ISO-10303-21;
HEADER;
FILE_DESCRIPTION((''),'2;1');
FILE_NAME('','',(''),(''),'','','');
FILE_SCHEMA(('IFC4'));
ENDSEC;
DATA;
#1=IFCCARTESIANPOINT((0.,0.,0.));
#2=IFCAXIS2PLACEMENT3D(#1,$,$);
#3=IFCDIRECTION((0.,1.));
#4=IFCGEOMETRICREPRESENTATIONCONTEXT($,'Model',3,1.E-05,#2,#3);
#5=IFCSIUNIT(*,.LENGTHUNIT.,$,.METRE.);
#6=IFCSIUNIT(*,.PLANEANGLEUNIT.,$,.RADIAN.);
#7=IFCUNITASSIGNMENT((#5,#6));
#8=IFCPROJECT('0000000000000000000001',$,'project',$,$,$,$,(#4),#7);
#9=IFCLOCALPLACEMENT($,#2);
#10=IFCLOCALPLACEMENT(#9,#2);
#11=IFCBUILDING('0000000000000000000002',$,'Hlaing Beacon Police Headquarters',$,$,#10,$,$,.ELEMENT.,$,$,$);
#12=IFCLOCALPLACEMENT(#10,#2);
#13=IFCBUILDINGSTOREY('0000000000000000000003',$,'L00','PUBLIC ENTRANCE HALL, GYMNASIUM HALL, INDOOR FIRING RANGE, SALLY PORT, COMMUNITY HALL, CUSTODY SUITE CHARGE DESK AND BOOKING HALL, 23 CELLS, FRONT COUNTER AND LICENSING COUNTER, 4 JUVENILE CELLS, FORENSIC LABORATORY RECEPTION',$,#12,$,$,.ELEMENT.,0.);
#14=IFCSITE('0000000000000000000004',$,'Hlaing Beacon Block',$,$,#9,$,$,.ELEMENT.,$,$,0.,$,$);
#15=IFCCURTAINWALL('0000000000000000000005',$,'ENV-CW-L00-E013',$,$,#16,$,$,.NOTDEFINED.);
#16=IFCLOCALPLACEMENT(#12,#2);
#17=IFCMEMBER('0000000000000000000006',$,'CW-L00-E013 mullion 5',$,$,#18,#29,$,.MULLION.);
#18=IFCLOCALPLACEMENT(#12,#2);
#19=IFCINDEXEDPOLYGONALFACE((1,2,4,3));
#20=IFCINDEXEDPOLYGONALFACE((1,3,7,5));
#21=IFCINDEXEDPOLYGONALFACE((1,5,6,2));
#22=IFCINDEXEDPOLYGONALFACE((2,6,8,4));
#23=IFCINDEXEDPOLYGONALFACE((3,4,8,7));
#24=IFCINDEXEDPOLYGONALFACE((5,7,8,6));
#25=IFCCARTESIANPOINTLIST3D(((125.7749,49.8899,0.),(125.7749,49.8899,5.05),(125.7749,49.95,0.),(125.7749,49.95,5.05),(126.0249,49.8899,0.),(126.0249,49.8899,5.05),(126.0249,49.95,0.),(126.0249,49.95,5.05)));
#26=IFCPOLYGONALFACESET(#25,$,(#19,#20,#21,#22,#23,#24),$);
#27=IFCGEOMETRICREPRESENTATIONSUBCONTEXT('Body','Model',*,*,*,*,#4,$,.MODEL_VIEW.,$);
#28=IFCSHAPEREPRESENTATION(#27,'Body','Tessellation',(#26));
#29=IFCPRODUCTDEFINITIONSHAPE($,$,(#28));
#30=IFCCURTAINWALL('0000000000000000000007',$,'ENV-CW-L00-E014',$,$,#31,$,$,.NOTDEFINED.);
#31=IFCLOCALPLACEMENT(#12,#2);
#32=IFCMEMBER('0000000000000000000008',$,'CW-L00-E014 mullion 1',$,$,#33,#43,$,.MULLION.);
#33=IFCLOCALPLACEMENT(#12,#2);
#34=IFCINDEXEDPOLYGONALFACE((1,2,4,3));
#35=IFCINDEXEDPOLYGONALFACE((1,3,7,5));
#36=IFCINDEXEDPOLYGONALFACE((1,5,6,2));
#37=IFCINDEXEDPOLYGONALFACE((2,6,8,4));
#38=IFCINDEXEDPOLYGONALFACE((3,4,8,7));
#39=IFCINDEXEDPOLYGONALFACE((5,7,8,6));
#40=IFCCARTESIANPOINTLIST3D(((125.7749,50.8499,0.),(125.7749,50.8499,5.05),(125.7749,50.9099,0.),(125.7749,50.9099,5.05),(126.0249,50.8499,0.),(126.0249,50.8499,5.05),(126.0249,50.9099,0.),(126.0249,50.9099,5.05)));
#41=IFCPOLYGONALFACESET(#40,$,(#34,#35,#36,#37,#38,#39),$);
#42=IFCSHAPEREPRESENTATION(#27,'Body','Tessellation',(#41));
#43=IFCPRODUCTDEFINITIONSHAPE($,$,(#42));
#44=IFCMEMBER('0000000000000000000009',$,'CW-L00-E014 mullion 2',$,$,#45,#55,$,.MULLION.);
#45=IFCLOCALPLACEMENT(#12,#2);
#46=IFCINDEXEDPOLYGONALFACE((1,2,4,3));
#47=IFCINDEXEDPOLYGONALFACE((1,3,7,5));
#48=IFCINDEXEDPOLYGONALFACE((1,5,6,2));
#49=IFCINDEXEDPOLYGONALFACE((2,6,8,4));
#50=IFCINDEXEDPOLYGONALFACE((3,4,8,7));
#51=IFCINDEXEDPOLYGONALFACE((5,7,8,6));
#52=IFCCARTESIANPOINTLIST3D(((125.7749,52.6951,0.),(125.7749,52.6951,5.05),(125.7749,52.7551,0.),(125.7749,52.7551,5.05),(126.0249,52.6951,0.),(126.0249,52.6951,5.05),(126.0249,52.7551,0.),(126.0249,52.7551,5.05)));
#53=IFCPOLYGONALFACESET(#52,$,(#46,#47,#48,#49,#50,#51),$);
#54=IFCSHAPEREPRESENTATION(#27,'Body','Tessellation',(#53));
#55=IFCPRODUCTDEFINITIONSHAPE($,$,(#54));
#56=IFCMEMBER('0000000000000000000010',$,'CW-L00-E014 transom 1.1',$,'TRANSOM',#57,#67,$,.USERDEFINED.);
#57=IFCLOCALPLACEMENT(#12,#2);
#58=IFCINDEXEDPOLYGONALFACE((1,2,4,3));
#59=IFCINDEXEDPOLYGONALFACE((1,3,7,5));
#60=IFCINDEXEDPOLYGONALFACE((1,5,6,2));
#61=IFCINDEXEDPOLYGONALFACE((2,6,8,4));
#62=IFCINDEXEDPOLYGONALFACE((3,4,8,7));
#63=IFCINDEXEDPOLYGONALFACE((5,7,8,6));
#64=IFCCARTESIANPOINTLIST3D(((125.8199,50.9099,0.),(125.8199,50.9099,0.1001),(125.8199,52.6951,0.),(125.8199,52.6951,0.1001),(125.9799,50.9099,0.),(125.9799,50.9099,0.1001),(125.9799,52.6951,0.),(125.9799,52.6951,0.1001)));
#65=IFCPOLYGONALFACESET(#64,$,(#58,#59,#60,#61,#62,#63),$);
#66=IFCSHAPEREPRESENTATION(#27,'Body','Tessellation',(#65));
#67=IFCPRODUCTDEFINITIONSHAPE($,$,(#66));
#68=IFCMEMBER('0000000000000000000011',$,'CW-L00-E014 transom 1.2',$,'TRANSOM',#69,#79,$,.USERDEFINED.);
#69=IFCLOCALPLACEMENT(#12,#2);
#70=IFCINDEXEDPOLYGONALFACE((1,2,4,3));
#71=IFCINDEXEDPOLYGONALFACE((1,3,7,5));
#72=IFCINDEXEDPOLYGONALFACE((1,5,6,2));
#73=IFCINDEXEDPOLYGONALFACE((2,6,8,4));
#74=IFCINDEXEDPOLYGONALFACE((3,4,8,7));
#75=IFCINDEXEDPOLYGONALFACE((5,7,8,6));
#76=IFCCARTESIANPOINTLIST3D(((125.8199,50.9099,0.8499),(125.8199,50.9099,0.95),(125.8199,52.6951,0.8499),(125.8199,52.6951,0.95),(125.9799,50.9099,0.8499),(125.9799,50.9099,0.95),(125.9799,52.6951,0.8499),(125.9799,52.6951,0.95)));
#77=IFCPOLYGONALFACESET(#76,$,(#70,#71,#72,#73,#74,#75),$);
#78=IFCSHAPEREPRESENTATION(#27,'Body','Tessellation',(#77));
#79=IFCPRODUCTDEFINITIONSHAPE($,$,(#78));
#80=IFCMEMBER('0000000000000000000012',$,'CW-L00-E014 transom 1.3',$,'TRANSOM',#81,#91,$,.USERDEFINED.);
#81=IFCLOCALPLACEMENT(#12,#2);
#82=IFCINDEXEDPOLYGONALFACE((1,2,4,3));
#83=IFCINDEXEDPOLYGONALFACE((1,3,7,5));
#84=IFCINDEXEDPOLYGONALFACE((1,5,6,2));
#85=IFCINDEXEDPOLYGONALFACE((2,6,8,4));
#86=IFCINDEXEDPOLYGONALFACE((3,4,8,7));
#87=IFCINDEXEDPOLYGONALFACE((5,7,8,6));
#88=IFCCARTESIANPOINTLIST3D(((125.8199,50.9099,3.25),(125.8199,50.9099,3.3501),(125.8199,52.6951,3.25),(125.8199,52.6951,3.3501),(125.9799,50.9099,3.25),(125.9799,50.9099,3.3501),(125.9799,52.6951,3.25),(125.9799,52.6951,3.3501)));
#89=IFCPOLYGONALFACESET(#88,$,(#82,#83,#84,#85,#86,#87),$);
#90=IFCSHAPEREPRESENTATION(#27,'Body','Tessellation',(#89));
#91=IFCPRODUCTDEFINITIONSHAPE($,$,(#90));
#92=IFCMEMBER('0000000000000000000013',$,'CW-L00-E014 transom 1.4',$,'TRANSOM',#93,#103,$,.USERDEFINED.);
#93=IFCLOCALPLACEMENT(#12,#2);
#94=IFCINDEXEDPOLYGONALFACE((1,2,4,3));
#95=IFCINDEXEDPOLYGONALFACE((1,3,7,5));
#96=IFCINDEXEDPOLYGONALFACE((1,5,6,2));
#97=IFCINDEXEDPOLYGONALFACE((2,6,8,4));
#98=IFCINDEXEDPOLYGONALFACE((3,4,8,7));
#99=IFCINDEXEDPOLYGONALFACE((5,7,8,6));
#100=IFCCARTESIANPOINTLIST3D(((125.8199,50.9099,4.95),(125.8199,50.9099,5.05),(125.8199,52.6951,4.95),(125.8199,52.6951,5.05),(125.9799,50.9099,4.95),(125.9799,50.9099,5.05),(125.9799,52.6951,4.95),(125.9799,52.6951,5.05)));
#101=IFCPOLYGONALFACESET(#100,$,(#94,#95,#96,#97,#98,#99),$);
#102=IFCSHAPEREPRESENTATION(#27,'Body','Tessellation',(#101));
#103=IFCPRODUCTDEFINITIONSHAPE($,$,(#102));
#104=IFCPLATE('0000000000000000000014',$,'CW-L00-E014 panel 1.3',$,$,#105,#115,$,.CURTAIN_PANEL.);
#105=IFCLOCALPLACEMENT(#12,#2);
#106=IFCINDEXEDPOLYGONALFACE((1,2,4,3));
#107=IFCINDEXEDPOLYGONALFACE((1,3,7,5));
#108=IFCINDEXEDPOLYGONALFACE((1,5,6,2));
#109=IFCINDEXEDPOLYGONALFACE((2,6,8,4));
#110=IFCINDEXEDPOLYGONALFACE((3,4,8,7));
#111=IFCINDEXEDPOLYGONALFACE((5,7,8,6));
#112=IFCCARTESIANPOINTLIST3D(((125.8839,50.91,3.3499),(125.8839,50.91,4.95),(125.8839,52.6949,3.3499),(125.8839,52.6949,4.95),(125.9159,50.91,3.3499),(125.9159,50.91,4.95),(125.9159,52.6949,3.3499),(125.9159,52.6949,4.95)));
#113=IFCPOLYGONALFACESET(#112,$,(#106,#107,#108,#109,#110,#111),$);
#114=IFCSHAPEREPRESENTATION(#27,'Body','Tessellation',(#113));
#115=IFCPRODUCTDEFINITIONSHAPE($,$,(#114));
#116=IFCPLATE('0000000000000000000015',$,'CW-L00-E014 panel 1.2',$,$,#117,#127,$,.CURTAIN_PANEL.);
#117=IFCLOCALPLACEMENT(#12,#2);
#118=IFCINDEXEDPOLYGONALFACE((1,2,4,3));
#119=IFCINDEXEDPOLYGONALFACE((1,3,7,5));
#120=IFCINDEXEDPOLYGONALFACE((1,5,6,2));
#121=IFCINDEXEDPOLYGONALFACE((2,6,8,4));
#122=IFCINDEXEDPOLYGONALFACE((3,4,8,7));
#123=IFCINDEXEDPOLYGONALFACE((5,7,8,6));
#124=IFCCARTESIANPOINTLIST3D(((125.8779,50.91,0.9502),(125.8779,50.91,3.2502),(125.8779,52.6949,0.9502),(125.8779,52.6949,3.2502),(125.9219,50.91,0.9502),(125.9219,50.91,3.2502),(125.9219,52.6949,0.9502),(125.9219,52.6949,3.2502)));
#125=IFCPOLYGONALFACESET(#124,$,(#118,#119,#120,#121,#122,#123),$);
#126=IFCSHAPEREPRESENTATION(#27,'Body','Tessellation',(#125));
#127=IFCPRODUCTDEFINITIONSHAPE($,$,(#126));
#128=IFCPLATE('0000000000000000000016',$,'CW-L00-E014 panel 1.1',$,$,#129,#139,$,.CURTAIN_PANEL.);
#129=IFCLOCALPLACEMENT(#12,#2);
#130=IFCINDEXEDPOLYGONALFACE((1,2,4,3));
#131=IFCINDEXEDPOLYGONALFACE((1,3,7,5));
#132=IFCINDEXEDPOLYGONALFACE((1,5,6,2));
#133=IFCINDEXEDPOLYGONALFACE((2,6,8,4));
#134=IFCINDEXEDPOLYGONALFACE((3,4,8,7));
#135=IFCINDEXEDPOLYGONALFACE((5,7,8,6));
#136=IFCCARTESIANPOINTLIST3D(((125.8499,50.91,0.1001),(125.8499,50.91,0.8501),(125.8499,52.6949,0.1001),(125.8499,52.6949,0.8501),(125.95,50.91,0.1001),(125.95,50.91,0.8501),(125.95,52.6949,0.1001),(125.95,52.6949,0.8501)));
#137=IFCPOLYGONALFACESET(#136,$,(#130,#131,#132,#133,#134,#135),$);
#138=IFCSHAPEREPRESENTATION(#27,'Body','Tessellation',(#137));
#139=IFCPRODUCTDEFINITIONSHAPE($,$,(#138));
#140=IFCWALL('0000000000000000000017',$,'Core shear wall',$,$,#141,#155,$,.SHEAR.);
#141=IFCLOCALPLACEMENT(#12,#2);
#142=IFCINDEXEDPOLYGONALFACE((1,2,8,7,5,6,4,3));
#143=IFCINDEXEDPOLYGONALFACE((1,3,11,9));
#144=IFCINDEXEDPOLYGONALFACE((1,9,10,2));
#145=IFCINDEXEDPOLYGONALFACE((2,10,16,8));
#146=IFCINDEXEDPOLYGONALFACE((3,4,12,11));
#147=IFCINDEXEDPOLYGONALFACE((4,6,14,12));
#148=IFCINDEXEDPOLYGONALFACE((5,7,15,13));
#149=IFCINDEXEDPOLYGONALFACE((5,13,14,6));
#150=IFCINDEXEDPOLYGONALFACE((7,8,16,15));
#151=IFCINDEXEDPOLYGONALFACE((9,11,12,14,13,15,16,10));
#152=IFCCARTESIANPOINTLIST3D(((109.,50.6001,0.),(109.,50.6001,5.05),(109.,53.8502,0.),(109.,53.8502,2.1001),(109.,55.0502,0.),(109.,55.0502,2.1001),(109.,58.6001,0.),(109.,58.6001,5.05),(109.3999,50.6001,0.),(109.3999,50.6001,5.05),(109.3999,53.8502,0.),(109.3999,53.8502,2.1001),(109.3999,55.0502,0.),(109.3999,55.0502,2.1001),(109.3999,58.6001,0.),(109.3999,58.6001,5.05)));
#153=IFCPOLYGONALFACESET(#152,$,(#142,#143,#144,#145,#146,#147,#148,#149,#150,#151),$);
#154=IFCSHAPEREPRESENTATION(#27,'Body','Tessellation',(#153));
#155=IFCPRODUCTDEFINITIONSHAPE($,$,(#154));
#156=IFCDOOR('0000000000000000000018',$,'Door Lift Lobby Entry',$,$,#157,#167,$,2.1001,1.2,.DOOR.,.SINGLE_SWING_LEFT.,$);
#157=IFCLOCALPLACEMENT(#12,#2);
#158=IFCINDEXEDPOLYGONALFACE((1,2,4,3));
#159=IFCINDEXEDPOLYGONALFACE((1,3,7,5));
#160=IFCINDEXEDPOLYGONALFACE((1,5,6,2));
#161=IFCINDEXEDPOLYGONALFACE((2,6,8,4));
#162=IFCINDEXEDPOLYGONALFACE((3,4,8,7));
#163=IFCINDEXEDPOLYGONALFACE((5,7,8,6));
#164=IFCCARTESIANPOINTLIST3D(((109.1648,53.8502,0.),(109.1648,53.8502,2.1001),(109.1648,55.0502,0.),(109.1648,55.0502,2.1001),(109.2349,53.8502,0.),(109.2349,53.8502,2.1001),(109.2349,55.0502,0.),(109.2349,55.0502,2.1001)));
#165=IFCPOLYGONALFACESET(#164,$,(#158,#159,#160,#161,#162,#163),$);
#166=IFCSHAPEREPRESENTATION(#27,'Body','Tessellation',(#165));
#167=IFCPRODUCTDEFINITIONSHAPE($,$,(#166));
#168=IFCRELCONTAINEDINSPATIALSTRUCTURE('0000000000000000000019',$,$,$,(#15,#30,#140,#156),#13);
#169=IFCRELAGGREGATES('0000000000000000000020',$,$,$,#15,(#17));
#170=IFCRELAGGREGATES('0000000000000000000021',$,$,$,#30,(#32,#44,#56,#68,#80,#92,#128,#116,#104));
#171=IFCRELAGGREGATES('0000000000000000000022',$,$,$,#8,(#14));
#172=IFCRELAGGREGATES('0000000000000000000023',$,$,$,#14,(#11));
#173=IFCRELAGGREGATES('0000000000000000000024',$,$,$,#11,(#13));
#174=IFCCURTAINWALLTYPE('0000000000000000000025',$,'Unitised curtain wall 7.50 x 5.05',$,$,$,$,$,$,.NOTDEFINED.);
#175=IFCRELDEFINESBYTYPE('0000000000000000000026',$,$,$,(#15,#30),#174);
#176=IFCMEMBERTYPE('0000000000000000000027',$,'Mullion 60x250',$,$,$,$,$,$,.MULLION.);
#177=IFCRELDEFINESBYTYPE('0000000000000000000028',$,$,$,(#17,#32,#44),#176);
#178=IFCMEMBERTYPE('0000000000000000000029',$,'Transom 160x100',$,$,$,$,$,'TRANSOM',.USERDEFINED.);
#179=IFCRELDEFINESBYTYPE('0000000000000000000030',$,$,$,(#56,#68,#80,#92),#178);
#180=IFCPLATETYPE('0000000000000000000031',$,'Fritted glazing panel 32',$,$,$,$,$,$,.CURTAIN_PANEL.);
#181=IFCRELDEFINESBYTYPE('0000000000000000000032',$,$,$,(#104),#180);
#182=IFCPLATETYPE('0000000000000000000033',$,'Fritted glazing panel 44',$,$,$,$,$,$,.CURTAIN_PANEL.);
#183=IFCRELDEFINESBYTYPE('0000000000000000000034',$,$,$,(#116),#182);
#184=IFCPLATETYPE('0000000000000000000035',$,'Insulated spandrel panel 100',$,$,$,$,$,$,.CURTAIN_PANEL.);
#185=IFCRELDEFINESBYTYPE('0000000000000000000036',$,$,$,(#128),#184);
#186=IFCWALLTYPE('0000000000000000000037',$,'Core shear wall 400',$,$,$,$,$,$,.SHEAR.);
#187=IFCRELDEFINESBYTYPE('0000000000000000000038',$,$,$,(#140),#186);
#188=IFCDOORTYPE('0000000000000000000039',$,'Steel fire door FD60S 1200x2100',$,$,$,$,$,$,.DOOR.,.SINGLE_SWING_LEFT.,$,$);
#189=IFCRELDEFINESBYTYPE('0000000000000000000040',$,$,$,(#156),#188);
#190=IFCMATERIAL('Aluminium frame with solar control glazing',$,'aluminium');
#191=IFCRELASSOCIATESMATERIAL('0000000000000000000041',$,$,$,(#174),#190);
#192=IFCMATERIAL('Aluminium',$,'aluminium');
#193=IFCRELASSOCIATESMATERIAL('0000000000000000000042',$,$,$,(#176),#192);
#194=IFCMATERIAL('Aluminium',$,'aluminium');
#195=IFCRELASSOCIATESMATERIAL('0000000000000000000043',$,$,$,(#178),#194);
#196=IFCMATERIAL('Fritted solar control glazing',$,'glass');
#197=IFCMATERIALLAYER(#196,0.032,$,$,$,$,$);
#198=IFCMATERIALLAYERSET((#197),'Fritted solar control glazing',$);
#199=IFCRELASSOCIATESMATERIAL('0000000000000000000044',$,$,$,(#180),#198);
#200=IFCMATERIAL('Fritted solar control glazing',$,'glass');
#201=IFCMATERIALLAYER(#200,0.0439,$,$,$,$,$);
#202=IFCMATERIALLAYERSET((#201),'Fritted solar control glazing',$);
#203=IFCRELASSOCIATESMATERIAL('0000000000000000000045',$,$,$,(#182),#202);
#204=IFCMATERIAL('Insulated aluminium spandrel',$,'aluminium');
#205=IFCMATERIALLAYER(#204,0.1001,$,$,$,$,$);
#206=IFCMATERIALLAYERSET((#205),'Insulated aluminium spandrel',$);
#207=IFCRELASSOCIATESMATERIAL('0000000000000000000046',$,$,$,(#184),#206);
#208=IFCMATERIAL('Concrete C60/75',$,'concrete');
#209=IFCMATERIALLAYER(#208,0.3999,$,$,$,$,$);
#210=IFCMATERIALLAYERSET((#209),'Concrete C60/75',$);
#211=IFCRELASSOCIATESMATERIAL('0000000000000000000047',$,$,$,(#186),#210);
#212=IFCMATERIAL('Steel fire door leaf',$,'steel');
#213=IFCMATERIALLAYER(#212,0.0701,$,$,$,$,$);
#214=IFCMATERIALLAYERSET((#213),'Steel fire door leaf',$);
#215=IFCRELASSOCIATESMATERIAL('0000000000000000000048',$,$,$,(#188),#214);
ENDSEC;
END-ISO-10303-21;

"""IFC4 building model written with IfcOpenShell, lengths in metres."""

from ifc_helpers import new_model, si_unit, direction, frame, frame_2d, origin, origin_2d, place, context, subcontext, project, spatial, rectangle, extrude, material, layer, layer_set, material_profile, profile_set, type_object, element, fill, aggregate, save


model = new_model("IFC4")

# Units and contexts
model_context = context("Model", 3, precision=1e-05, world=origin(), true_north=direction((0.0, 1.0)))
body_context = subcontext(model_context, "Body", "Model", "MODEL_VIEW")
ifc_project = project(units=[si_unit("LENGTHUNIT", "METRE"), si_unit("PLANEANGLEUNIT", "RADIAN")], contexts=[model_context])

# Site, building, storey
site_placement = place(None, origin())
site = spatial("IfcSite", under=ifc_project, at=site_placement, Name="Hlaing Beacon Block", CompositionType="ELEMENT", RefElevation=0.0)
building_placement = place(site_placement, origin())
building = spatial("IfcBuilding", under=site, at=building_placement, Name="Hlaing Beacon Police Headquarters", CompositionType="ELEMENT")
storey_placement = place(building_placement, origin())
storey = spatial("IfcBuildingStorey", under=building, at=storey_placement, Name="L00", Description="PUBLIC ENTRANCE HALL, GYMNASIUM HALL, INDOOR FIRING RANGE, SALLY PORT, COMMUNITY HALL, CUSTODY SUITE CHARGE DESK AND BOOKING HALL, 23 CELLS, FRONT COUNTER AND LICENSING COUNTER, 4 JUVENILE CELLS, FORENSIC LABORATORY RECEPTION", CompositionType="ELEMENT", Elevation=0.0)

# Curtain wall, member
ifc_material_1 = material(Name="Aluminium frame with solar control glazing", Category="aluminium")
curtain_wall_type = type_object("IfcCurtainWallType", Name="Unitised curtain wall 7.50 x 5.05", PredefinedType="NOTDEFINED", material=ifc_material_1)
curtain_wall_1_placement = place(storey_placement, origin())
curtain_wall_1 = element("IfcCurtainWall", 1, at=curtain_wall_1_placement, inside=storey, type_object=curtain_wall_type, Name="ENV-CW-L00-E013", PredefinedType="NOTDEFINED")
ifc_material_2 = material(Name="Aluminium", Category="aluminium")
ifc_material_profile_1 = material_profile(ifc_material_2, rectangle(XDim=0.25, YDim=0.0601, at=origin_2d()), Name="Mullion 60x250")
ifc_profile_set_1 = profile_set([ifc_material_profile_1], Name="Aluminium")
member_type_1 = type_object("IfcMemberType", Name="Mullion 60x250", PredefinedType="MULLION", material=ifc_profile_set_1)
member_1_placement = place(storey_placement, frame((125.8999, 49.9199, 0.0), z_axis=(0.0, 0.0, 1.0), x_axis=(-1.0, 0.0, 0.0)))
member_1 = element("IfcMember", 2, at=member_1_placement, type_object=member_type_1, Name="CW-L00-E013 mullion 5", PredefinedType="MULLION", context=body_context, shape_type="SweptSolid", body=[
    extrude(rectangle(XDim=0.25, YDim=0.0601, at=origin_2d()), origin(), (0.0, 0.0, 1.0), 5.05),
])
aggregate(curtain_wall_1, [member_1])

# Curtain wall, members, plates
curtain_wall_2_placement = place(storey_placement, origin())
curtain_wall_2 = element("IfcCurtainWall", 3, at=curtain_wall_2_placement, inside=storey, type_object=curtain_wall_type, Name="ENV-CW-L00-E014", PredefinedType="NOTDEFINED")
member_2_placement = place(storey_placement, frame((125.8999, 50.8799, 0.0), z_axis=(0.0, 0.0, 1.0), x_axis=(-1.0, 0.0, 0.0)))
member_2 = element("IfcMember", 4, at=member_2_placement, type_object=member_type_1, Name="CW-L00-E014 mullion 1", PredefinedType="MULLION", context=body_context, shape_type="SweptSolid", body=[
    extrude(rectangle(XDim=0.25, YDim=0.0601, at=origin_2d()), origin(), (0.0, 0.0, 1.0), 5.05),
])
member_3_placement = place(storey_placement, frame((125.8999, 52.7251, 0.0), z_axis=(0.0, 0.0, 1.0), x_axis=(-1.0, 0.0, 0.0)))
member_3 = element("IfcMember", 5, at=member_3_placement, type_object=member_type_1, Name="CW-L00-E014 mullion 2", PredefinedType="MULLION", context=body_context, shape_type="SweptSolid", body=[
    extrude(rectangle(XDim=0.25, YDim=0.0601, at=origin_2d()), origin(), (0.0, 0.0, 1.0), 5.05),
])
ifc_material_3 = material(Name="Aluminium", Category="aluminium")
ifc_material_profile_2 = material_profile(ifc_material_3, rectangle(XDim=0.1599, YDim=0.1001, at=origin_2d()), Name="Transom 160x100")
ifc_profile_set_2 = profile_set([ifc_material_profile_2], Name="Aluminium")
member_type_2 = type_object("IfcMemberType", Name="Transom 160x100", ElementType="TRANSOM", PredefinedType="USERDEFINED", material=ifc_profile_set_2)
member_4_placement = place(storey_placement, frame((125.8999, 50.9099, 0.05), z_axis=(0.0, 1.0, 0.0), x_axis=(-1.0, 0.0, 0.0)))
member_4 = element("IfcMember", 6, at=member_4_placement, type_object=member_type_2, Name="CW-L00-E014 transom 1.1", ObjectType="TRANSOM", PredefinedType="USERDEFINED", context=body_context, shape_type="SweptSolid", body=[
    extrude(rectangle(XDim=0.1599, YDim=0.1001, at=origin_2d()), origin(), (0.0, 0.0, 1.0), 1.7852),
])
member_5_placement = place(storey_placement, frame((125.8999, 50.9099, 0.8999), z_axis=(0.0, 1.0, 0.0), x_axis=(-1.0, 0.0, 0.0)))
member_5 = element("IfcMember", 7, at=member_5_placement, type_object=member_type_2, Name="CW-L00-E014 transom 1.2", ObjectType="TRANSOM", PredefinedType="USERDEFINED", context=body_context, shape_type="SweptSolid", body=[
    extrude(rectangle(XDim=0.1599, YDim=0.1001, at=origin_2d()), origin(), (0.0, 0.0, 1.0), 1.7852),
])
member_6_placement = place(storey_placement, frame((125.8999, 50.9099, 3.3), z_axis=(0.0, 1.0, 0.0), x_axis=(-1.0, 0.0, 0.0)))
member_6 = element("IfcMember", 8, at=member_6_placement, type_object=member_type_2, Name="CW-L00-E014 transom 1.3", ObjectType="TRANSOM", PredefinedType="USERDEFINED", context=body_context, shape_type="SweptSolid", body=[
    extrude(rectangle(XDim=0.1599, YDim=0.1001, at=origin_2d()), origin(), (0.0, 0.0, 1.0), 1.7852),
])
member_7_placement = place(storey_placement, frame((125.8999, 50.9099, 5.0), z_axis=(0.0, 1.0, 0.0), x_axis=(-1.0, 0.0, 0.0)))
member_7 = element("IfcMember", 9, at=member_7_placement, type_object=member_type_2, Name="CW-L00-E014 transom 1.4", ObjectType="TRANSOM", PredefinedType="USERDEFINED", context=body_context, shape_type="SweptSolid", body=[
    extrude(rectangle(XDim=0.1599, YDim=0.1001, at=origin_2d()), origin(), (0.0, 0.0, 1.0), 1.7852),
])
ifc_material_4 = material(Name="Fritted solar control glazing", Category="glass")
ifc_layer_1 = layer(ifc_material_4, 0.032)
ifc_layer_set_1 = layer_set([ifc_layer_1], Name="Fritted solar control glazing")
plate_type_1 = type_object("IfcPlateType", Name="Fritted glazing panel 32", PredefinedType="CURTAIN_PANEL", material=ifc_layer_set_1)
plate_1_placement = place(storey_placement, frame((125.8999, 51.8025, 3.3499), z_axis=(0.0, 0.0, 1.0), x_axis=(0.0, 1.0, 0.0)))
plate_1 = element("IfcPlate", 10, at=plate_1_placement, type_object=plate_type_1, Name="CW-L00-E014 panel 1.3", PredefinedType="CURTAIN_PANEL", context=body_context, shape_type="SweptSolid", body=[
    extrude(rectangle(XDim=1.7849, YDim=0.032, at=origin_2d()), origin(), (0.0, 0.0, 1.0), 1.6001),
])
ifc_material_5 = material(Name="Fritted solar control glazing", Category="glass")
ifc_layer_2 = layer(ifc_material_5, 0.0439)
ifc_layer_set_2 = layer_set([ifc_layer_2], Name="Fritted solar control glazing")
plate_type_2 = type_object("IfcPlateType", Name="Fritted glazing panel 44", PredefinedType="CURTAIN_PANEL", material=ifc_layer_set_2)
plate_2_placement = place(storey_placement, frame((125.8999, 51.8025, 0.9502), z_axis=(0.0, 0.0, 1.0), x_axis=(0.0, 1.0, 0.0)))
plate_2 = element("IfcPlate", 11, at=plate_2_placement, type_object=plate_type_2, Name="CW-L00-E014 panel 1.2", PredefinedType="CURTAIN_PANEL", context=body_context, shape_type="SweptSolid", body=[
    extrude(rectangle(XDim=1.7849, YDim=0.0439, at=origin_2d()), origin(), (0.0, 0.0, 1.0), 2.3),
])
ifc_material_6 = material(Name="Insulated aluminium spandrel", Category="aluminium")
ifc_layer_3 = layer(ifc_material_6, 0.1001)
ifc_layer_set_3 = layer_set([ifc_layer_3], Name="Insulated aluminium spandrel")
plate_type_3 = type_object("IfcPlateType", Name="Insulated spandrel panel 100", PredefinedType="CURTAIN_PANEL", material=ifc_layer_set_3)
plate_3_placement = place(storey_placement, frame((125.8999, 51.8025, 0.1001), z_axis=(0.0, 0.0, 1.0), x_axis=(0.0, 1.0, 0.0)))
plate_3 = element("IfcPlate", 12, at=plate_3_placement, type_object=plate_type_3, Name="CW-L00-E014 panel 1.1", PredefinedType="CURTAIN_PANEL", context=body_context, shape_type="SweptSolid", body=[
    extrude(rectangle(XDim=1.7849, YDim=0.1001, at=origin_2d()), origin(), (0.0, 0.0, 1.0), 0.75),
])
aggregate(curtain_wall_2, [member_2, member_3, member_4, member_5, member_6, member_7, plate_3, plate_2, plate_1])

# Wall, opening, door
ifc_material_7 = material(Name="Concrete C60/75", Category="concrete")
ifc_layer_4 = layer(ifc_material_7, 0.3999)
ifc_layer_set_4 = layer_set([ifc_layer_4], Name="Concrete C60/75")
wall_type_1 = type_object("IfcWallType", Name="Core shear wall 400", PredefinedType="SHEAR", material=ifc_layer_set_4)
wall_1_placement = place(storey_placement, frame((109.2, 50.6001, 0.0), z_axis=(0.0, 0.0, 1.0), x_axis=(0.0, 1.0, 0.0)))
wall_1 = element("IfcWall", 13, at=wall_1_placement, inside=storey, type_object=wall_type_1, Name="Core shear wall", PredefinedType="SHEAR", context=body_context, shape_type="SweptSolid", body=[
    extrude(rectangle(XDim=8.0, YDim=0.3999, at=frame_2d((4.0, 0.0))), origin(), (0.0, 0.0, 1.0), 5.05),
])
opening_1_placement = place(wall_1_placement, frame((3.25, 0.0, 0.0)))
opening_1 = element("IfcOpeningElement", 14, at=opening_1_placement, cuts=wall_1, PredefinedType="OPENING", context=body_context, shape_type="SweptSolid", body=[
    extrude(rectangle(XDim=1.2, YDim=2.1001, at=frame_2d((0.6001, 1.05))), frame((0.0, 0.21, 0.0), z_axis=(0.0, -1.0, 0.0), x_axis=(1.0, 0.0, 0.0)), (0.0, 0.0, 1.0), 0.4199),
])
ifc_material_8 = material(Name="Steel fire door leaf", Category="steel")
ifc_layer_5 = layer(ifc_material_8, 0.0701)
ifc_layer_set_5 = layer_set([ifc_layer_5], Name="Steel fire door leaf")
door_type_1 = type_object("IfcDoorType", Name="Steel fire door FD60S 1200x2100", OperationType="SINGLE_SWING_LEFT", PredefinedType="DOOR", material=ifc_layer_set_5)
door_1_placement = place(opening_1_placement, frame((1.2, 0.0, 0.0), z_axis=(0.0, 0.0, 1.0), x_axis=(-1.0, 0.0, 0.0)))
door_1 = element("IfcDoor", 15, at=door_1_placement, inside=storey, type_object=door_type_1, Name="Door Lift Lobby Entry", OperationType="SINGLE_SWING_LEFT", OverallHeight=2.1001, OverallWidth=1.2, PredefinedType="DOOR", context=body_context, shape_type="SweptSolid", body=[
    extrude(rectangle(XDim=1.2, YDim=2.1001, at=frame_2d((0.5999, 1.05))), frame((0.0, 0.0349, 0.0), z_axis=(0.0, -1.0, 0.0), x_axis=(1.0, 0.0, 0.0)), (0.0, 0.0, 1.0), 0.0701),
])
fill(opening_1, door_1)

save(model, "model.ifc")
